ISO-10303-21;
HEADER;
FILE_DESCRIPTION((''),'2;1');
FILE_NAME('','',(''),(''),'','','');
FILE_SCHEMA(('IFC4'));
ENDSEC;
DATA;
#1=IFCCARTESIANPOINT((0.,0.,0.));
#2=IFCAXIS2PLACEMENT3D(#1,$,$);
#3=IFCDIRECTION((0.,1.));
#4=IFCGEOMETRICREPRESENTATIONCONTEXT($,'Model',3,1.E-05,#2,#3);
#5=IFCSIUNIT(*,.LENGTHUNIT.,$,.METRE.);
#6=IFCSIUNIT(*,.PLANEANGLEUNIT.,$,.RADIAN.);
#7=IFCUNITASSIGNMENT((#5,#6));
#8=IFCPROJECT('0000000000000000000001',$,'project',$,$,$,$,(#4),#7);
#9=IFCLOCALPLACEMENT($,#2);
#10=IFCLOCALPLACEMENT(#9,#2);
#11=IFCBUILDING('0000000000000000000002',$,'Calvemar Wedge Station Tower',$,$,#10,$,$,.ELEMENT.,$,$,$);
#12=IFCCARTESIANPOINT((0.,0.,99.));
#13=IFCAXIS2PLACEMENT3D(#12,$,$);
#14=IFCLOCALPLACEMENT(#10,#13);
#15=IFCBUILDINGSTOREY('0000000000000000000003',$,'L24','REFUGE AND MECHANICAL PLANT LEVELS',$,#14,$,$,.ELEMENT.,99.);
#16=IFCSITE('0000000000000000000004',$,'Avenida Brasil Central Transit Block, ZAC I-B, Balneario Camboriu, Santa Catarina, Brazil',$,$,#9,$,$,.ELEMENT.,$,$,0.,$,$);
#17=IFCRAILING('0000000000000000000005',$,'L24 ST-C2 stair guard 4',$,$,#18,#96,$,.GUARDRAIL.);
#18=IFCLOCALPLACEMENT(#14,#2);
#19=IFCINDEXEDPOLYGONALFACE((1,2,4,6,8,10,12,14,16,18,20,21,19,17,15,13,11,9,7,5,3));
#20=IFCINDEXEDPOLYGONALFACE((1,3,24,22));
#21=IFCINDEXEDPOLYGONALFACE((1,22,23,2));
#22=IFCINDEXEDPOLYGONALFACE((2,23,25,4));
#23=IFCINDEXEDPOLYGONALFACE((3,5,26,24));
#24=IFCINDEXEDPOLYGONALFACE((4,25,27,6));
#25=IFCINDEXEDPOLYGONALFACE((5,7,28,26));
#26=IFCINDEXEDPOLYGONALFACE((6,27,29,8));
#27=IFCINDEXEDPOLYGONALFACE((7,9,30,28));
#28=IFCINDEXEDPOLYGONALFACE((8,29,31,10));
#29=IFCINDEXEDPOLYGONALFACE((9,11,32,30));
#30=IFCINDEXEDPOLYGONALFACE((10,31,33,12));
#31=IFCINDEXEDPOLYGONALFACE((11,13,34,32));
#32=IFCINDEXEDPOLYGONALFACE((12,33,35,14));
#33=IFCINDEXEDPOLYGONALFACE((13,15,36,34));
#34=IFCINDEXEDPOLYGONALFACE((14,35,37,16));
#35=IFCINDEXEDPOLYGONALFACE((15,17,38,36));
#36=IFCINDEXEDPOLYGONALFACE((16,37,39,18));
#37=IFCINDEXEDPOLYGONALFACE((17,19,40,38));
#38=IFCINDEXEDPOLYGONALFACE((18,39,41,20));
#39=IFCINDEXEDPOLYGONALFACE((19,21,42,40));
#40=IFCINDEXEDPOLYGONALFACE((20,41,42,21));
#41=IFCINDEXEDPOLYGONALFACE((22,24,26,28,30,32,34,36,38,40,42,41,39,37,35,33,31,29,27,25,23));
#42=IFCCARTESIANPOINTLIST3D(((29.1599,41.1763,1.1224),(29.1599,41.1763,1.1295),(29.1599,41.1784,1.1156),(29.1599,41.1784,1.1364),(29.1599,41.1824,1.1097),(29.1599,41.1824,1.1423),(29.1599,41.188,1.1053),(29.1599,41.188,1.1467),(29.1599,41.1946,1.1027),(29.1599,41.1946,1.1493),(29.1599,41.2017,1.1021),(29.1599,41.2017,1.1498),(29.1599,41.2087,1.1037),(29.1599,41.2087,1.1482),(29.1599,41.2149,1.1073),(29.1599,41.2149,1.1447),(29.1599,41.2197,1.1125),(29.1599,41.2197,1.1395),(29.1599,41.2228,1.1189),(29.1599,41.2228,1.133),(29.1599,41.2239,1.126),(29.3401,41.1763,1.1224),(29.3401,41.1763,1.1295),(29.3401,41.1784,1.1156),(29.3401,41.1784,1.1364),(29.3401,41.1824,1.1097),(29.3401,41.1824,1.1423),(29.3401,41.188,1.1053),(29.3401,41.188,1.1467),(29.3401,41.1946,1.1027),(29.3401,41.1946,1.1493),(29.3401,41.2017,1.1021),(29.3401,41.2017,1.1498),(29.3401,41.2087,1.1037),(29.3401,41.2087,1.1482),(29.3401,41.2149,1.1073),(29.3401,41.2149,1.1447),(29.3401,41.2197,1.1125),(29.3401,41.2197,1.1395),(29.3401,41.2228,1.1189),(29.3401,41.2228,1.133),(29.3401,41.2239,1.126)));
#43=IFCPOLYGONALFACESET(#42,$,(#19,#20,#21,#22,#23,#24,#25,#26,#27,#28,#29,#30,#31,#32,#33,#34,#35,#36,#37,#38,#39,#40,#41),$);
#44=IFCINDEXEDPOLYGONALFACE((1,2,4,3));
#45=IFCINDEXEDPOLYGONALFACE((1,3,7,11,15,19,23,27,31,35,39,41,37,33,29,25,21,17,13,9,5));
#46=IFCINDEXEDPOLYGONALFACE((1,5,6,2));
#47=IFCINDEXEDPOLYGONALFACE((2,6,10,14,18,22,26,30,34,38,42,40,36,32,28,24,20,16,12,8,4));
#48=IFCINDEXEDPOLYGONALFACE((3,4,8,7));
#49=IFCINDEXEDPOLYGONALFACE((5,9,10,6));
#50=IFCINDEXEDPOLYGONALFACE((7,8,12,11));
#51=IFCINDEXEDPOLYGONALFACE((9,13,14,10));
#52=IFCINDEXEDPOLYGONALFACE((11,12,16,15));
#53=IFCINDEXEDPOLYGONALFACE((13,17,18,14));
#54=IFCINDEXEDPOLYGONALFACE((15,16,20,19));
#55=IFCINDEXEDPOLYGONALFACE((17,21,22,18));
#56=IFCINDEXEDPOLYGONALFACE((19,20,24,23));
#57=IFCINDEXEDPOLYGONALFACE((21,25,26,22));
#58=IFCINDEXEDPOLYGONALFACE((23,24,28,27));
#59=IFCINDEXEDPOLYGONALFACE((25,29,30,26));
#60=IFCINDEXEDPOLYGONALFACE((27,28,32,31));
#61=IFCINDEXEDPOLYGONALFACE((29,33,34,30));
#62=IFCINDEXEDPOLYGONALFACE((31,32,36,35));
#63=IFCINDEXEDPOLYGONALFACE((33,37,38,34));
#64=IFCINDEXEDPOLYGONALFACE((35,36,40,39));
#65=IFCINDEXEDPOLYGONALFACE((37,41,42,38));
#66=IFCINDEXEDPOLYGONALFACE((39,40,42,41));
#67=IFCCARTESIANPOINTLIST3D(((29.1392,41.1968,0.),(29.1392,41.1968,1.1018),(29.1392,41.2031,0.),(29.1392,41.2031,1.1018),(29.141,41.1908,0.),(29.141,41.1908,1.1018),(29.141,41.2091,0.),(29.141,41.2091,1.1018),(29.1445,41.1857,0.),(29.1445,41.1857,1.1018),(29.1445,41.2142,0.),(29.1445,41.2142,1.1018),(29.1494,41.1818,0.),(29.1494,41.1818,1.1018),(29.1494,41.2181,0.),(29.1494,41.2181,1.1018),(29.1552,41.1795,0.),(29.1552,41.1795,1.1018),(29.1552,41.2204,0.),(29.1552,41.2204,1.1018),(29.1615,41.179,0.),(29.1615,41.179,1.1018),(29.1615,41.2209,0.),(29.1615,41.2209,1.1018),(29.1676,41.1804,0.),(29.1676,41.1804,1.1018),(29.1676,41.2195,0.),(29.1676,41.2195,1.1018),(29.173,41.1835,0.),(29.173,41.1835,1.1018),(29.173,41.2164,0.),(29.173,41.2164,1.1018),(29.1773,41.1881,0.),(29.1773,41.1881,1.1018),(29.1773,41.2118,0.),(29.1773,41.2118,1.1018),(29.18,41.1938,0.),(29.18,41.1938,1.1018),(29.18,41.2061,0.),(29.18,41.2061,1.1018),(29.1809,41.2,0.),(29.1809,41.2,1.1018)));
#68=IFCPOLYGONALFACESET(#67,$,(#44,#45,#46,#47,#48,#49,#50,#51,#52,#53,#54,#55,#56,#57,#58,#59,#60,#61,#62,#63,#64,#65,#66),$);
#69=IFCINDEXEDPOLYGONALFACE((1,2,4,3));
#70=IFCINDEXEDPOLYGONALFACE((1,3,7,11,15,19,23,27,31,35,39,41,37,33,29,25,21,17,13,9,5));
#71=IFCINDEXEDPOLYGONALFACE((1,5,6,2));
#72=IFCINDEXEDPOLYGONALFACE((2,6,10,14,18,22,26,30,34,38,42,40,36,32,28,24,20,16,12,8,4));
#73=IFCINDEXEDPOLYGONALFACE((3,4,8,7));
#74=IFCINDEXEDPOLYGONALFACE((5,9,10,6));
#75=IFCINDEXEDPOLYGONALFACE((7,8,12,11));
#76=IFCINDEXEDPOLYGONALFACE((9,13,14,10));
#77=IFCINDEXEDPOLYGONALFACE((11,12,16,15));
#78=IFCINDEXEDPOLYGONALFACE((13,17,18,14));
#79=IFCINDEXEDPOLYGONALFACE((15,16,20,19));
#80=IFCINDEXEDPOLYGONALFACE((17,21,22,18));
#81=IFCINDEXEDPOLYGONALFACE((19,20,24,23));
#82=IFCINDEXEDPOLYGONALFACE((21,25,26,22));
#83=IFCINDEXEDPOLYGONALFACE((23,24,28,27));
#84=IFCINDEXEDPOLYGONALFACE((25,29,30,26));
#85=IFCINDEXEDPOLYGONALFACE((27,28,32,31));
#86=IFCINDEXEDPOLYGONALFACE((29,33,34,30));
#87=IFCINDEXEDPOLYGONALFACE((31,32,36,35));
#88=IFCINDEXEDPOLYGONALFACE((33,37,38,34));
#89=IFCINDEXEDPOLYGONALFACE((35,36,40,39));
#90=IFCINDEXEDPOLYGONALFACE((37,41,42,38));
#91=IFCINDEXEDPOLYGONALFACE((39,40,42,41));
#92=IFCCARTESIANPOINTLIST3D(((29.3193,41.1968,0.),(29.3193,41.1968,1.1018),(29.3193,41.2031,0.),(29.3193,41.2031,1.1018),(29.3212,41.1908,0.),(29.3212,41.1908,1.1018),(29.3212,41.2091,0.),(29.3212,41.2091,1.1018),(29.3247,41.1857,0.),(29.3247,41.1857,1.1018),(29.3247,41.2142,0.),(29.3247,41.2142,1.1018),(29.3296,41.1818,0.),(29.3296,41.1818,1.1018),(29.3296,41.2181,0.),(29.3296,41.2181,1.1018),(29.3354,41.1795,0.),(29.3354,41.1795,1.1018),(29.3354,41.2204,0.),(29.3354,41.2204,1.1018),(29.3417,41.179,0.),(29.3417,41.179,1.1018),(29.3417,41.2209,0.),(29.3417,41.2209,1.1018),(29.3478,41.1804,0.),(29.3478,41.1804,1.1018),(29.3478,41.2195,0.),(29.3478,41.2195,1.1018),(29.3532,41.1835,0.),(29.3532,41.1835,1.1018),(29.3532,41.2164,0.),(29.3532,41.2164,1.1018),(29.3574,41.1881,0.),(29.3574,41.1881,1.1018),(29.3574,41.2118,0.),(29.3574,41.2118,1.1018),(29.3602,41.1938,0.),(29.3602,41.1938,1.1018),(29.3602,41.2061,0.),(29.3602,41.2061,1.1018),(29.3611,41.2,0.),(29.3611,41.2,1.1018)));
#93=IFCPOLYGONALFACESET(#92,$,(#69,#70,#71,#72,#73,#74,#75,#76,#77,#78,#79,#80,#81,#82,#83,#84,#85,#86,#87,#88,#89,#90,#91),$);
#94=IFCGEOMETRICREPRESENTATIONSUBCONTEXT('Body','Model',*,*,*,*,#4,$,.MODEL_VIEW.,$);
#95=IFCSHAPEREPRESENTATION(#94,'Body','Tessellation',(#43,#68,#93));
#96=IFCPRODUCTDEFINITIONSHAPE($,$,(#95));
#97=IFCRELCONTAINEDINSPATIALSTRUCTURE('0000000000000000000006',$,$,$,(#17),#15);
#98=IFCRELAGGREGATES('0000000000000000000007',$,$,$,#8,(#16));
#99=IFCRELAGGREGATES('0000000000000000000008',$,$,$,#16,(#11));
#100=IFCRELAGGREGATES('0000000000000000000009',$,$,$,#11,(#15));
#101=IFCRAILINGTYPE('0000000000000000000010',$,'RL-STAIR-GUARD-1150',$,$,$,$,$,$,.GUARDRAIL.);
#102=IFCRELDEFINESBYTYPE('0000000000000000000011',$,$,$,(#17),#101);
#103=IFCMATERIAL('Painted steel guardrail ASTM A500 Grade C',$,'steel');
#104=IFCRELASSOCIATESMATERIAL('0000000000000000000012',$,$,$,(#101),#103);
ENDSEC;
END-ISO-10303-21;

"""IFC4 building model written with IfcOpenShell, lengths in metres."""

from ifc_helpers import new_model, si_unit, direction, frame, origin, origin_2d, place, context, subcontext, project, spatial, circle, extrude, material, type_object, element, save


model = new_model("IFC4")

# Units and contexts
model_context = context("Model", 3, precision=1e-05, world=origin(), true_north=direction((0.0, 1.0)))
body_context = subcontext(model_context, "Body", "Model", "MODEL_VIEW")
ifc_project = project(units=[si_unit("LENGTHUNIT", "METRE"), si_unit("PLANEANGLEUNIT", "RADIAN")], contexts=[model_context])

# Site, building, storey
site_placement = place(None, origin())
site = spatial("IfcSite", under=ifc_project, at=site_placement, Name="Avenida Brasil Central Transit Block, ZAC I-B, Balneario Camboriu, Santa Catarina, Brazil", CompositionType="ELEMENT", RefElevation=0.0)
building_placement = place(site_placement, origin())
building = spatial("IfcBuilding", under=site, at=building_placement, Name="Calvemar Wedge Station Tower", CompositionType="ELEMENT")
storey_placement = place(building_placement, frame((0.0, 0.0, 99.0)))
storey = spatial("IfcBuildingStorey", under=building, at=storey_placement, Name="L24", Description="REFUGE AND MECHANICAL PLANT LEVELS", CompositionType="ELEMENT", Elevation=99.0)

# Railing
ifc_material_1 = material(Name="Painted steel guardrail ASTM A500 Grade C", Category="steel")
railing_type_1 = type_object("IfcRailingType", Name="RL-STAIR-GUARD-1150", PredefinedType="GUARDRAIL", material=ifc_material_1)
railing_1_placement = place(storey_placement, frame((29.1599, 41.2, 0.0)))
element("IfcRailing", 1, at=railing_1_placement, inside=storey, type_object=railing_type_1, Name="L24 ST-C2 stair guard 4", PredefinedType="GUARDRAIL", context=body_context, shape_type="SweptSolid", body=[
    extrude(circle(Radius=0.0239, at=origin_2d()), frame((0.0, 0.0, 1.126), z_axis=(1.0, 0.0, 0.0), x_axis=(0.0, 1.0, 0.0)), (0.0, 0.0, 1.0), 0.1802),
    extrude(circle(Radius=0.021, at=origin_2d()), origin(), (0.0, 0.0, 1.0), 1.1018),
    extrude(circle(Radius=0.021, at=origin_2d()), frame((0.1802, 0.0, 0.0)), (0.0, 0.0, 1.0), 1.1018),
])

save(model, "model.ifc")
